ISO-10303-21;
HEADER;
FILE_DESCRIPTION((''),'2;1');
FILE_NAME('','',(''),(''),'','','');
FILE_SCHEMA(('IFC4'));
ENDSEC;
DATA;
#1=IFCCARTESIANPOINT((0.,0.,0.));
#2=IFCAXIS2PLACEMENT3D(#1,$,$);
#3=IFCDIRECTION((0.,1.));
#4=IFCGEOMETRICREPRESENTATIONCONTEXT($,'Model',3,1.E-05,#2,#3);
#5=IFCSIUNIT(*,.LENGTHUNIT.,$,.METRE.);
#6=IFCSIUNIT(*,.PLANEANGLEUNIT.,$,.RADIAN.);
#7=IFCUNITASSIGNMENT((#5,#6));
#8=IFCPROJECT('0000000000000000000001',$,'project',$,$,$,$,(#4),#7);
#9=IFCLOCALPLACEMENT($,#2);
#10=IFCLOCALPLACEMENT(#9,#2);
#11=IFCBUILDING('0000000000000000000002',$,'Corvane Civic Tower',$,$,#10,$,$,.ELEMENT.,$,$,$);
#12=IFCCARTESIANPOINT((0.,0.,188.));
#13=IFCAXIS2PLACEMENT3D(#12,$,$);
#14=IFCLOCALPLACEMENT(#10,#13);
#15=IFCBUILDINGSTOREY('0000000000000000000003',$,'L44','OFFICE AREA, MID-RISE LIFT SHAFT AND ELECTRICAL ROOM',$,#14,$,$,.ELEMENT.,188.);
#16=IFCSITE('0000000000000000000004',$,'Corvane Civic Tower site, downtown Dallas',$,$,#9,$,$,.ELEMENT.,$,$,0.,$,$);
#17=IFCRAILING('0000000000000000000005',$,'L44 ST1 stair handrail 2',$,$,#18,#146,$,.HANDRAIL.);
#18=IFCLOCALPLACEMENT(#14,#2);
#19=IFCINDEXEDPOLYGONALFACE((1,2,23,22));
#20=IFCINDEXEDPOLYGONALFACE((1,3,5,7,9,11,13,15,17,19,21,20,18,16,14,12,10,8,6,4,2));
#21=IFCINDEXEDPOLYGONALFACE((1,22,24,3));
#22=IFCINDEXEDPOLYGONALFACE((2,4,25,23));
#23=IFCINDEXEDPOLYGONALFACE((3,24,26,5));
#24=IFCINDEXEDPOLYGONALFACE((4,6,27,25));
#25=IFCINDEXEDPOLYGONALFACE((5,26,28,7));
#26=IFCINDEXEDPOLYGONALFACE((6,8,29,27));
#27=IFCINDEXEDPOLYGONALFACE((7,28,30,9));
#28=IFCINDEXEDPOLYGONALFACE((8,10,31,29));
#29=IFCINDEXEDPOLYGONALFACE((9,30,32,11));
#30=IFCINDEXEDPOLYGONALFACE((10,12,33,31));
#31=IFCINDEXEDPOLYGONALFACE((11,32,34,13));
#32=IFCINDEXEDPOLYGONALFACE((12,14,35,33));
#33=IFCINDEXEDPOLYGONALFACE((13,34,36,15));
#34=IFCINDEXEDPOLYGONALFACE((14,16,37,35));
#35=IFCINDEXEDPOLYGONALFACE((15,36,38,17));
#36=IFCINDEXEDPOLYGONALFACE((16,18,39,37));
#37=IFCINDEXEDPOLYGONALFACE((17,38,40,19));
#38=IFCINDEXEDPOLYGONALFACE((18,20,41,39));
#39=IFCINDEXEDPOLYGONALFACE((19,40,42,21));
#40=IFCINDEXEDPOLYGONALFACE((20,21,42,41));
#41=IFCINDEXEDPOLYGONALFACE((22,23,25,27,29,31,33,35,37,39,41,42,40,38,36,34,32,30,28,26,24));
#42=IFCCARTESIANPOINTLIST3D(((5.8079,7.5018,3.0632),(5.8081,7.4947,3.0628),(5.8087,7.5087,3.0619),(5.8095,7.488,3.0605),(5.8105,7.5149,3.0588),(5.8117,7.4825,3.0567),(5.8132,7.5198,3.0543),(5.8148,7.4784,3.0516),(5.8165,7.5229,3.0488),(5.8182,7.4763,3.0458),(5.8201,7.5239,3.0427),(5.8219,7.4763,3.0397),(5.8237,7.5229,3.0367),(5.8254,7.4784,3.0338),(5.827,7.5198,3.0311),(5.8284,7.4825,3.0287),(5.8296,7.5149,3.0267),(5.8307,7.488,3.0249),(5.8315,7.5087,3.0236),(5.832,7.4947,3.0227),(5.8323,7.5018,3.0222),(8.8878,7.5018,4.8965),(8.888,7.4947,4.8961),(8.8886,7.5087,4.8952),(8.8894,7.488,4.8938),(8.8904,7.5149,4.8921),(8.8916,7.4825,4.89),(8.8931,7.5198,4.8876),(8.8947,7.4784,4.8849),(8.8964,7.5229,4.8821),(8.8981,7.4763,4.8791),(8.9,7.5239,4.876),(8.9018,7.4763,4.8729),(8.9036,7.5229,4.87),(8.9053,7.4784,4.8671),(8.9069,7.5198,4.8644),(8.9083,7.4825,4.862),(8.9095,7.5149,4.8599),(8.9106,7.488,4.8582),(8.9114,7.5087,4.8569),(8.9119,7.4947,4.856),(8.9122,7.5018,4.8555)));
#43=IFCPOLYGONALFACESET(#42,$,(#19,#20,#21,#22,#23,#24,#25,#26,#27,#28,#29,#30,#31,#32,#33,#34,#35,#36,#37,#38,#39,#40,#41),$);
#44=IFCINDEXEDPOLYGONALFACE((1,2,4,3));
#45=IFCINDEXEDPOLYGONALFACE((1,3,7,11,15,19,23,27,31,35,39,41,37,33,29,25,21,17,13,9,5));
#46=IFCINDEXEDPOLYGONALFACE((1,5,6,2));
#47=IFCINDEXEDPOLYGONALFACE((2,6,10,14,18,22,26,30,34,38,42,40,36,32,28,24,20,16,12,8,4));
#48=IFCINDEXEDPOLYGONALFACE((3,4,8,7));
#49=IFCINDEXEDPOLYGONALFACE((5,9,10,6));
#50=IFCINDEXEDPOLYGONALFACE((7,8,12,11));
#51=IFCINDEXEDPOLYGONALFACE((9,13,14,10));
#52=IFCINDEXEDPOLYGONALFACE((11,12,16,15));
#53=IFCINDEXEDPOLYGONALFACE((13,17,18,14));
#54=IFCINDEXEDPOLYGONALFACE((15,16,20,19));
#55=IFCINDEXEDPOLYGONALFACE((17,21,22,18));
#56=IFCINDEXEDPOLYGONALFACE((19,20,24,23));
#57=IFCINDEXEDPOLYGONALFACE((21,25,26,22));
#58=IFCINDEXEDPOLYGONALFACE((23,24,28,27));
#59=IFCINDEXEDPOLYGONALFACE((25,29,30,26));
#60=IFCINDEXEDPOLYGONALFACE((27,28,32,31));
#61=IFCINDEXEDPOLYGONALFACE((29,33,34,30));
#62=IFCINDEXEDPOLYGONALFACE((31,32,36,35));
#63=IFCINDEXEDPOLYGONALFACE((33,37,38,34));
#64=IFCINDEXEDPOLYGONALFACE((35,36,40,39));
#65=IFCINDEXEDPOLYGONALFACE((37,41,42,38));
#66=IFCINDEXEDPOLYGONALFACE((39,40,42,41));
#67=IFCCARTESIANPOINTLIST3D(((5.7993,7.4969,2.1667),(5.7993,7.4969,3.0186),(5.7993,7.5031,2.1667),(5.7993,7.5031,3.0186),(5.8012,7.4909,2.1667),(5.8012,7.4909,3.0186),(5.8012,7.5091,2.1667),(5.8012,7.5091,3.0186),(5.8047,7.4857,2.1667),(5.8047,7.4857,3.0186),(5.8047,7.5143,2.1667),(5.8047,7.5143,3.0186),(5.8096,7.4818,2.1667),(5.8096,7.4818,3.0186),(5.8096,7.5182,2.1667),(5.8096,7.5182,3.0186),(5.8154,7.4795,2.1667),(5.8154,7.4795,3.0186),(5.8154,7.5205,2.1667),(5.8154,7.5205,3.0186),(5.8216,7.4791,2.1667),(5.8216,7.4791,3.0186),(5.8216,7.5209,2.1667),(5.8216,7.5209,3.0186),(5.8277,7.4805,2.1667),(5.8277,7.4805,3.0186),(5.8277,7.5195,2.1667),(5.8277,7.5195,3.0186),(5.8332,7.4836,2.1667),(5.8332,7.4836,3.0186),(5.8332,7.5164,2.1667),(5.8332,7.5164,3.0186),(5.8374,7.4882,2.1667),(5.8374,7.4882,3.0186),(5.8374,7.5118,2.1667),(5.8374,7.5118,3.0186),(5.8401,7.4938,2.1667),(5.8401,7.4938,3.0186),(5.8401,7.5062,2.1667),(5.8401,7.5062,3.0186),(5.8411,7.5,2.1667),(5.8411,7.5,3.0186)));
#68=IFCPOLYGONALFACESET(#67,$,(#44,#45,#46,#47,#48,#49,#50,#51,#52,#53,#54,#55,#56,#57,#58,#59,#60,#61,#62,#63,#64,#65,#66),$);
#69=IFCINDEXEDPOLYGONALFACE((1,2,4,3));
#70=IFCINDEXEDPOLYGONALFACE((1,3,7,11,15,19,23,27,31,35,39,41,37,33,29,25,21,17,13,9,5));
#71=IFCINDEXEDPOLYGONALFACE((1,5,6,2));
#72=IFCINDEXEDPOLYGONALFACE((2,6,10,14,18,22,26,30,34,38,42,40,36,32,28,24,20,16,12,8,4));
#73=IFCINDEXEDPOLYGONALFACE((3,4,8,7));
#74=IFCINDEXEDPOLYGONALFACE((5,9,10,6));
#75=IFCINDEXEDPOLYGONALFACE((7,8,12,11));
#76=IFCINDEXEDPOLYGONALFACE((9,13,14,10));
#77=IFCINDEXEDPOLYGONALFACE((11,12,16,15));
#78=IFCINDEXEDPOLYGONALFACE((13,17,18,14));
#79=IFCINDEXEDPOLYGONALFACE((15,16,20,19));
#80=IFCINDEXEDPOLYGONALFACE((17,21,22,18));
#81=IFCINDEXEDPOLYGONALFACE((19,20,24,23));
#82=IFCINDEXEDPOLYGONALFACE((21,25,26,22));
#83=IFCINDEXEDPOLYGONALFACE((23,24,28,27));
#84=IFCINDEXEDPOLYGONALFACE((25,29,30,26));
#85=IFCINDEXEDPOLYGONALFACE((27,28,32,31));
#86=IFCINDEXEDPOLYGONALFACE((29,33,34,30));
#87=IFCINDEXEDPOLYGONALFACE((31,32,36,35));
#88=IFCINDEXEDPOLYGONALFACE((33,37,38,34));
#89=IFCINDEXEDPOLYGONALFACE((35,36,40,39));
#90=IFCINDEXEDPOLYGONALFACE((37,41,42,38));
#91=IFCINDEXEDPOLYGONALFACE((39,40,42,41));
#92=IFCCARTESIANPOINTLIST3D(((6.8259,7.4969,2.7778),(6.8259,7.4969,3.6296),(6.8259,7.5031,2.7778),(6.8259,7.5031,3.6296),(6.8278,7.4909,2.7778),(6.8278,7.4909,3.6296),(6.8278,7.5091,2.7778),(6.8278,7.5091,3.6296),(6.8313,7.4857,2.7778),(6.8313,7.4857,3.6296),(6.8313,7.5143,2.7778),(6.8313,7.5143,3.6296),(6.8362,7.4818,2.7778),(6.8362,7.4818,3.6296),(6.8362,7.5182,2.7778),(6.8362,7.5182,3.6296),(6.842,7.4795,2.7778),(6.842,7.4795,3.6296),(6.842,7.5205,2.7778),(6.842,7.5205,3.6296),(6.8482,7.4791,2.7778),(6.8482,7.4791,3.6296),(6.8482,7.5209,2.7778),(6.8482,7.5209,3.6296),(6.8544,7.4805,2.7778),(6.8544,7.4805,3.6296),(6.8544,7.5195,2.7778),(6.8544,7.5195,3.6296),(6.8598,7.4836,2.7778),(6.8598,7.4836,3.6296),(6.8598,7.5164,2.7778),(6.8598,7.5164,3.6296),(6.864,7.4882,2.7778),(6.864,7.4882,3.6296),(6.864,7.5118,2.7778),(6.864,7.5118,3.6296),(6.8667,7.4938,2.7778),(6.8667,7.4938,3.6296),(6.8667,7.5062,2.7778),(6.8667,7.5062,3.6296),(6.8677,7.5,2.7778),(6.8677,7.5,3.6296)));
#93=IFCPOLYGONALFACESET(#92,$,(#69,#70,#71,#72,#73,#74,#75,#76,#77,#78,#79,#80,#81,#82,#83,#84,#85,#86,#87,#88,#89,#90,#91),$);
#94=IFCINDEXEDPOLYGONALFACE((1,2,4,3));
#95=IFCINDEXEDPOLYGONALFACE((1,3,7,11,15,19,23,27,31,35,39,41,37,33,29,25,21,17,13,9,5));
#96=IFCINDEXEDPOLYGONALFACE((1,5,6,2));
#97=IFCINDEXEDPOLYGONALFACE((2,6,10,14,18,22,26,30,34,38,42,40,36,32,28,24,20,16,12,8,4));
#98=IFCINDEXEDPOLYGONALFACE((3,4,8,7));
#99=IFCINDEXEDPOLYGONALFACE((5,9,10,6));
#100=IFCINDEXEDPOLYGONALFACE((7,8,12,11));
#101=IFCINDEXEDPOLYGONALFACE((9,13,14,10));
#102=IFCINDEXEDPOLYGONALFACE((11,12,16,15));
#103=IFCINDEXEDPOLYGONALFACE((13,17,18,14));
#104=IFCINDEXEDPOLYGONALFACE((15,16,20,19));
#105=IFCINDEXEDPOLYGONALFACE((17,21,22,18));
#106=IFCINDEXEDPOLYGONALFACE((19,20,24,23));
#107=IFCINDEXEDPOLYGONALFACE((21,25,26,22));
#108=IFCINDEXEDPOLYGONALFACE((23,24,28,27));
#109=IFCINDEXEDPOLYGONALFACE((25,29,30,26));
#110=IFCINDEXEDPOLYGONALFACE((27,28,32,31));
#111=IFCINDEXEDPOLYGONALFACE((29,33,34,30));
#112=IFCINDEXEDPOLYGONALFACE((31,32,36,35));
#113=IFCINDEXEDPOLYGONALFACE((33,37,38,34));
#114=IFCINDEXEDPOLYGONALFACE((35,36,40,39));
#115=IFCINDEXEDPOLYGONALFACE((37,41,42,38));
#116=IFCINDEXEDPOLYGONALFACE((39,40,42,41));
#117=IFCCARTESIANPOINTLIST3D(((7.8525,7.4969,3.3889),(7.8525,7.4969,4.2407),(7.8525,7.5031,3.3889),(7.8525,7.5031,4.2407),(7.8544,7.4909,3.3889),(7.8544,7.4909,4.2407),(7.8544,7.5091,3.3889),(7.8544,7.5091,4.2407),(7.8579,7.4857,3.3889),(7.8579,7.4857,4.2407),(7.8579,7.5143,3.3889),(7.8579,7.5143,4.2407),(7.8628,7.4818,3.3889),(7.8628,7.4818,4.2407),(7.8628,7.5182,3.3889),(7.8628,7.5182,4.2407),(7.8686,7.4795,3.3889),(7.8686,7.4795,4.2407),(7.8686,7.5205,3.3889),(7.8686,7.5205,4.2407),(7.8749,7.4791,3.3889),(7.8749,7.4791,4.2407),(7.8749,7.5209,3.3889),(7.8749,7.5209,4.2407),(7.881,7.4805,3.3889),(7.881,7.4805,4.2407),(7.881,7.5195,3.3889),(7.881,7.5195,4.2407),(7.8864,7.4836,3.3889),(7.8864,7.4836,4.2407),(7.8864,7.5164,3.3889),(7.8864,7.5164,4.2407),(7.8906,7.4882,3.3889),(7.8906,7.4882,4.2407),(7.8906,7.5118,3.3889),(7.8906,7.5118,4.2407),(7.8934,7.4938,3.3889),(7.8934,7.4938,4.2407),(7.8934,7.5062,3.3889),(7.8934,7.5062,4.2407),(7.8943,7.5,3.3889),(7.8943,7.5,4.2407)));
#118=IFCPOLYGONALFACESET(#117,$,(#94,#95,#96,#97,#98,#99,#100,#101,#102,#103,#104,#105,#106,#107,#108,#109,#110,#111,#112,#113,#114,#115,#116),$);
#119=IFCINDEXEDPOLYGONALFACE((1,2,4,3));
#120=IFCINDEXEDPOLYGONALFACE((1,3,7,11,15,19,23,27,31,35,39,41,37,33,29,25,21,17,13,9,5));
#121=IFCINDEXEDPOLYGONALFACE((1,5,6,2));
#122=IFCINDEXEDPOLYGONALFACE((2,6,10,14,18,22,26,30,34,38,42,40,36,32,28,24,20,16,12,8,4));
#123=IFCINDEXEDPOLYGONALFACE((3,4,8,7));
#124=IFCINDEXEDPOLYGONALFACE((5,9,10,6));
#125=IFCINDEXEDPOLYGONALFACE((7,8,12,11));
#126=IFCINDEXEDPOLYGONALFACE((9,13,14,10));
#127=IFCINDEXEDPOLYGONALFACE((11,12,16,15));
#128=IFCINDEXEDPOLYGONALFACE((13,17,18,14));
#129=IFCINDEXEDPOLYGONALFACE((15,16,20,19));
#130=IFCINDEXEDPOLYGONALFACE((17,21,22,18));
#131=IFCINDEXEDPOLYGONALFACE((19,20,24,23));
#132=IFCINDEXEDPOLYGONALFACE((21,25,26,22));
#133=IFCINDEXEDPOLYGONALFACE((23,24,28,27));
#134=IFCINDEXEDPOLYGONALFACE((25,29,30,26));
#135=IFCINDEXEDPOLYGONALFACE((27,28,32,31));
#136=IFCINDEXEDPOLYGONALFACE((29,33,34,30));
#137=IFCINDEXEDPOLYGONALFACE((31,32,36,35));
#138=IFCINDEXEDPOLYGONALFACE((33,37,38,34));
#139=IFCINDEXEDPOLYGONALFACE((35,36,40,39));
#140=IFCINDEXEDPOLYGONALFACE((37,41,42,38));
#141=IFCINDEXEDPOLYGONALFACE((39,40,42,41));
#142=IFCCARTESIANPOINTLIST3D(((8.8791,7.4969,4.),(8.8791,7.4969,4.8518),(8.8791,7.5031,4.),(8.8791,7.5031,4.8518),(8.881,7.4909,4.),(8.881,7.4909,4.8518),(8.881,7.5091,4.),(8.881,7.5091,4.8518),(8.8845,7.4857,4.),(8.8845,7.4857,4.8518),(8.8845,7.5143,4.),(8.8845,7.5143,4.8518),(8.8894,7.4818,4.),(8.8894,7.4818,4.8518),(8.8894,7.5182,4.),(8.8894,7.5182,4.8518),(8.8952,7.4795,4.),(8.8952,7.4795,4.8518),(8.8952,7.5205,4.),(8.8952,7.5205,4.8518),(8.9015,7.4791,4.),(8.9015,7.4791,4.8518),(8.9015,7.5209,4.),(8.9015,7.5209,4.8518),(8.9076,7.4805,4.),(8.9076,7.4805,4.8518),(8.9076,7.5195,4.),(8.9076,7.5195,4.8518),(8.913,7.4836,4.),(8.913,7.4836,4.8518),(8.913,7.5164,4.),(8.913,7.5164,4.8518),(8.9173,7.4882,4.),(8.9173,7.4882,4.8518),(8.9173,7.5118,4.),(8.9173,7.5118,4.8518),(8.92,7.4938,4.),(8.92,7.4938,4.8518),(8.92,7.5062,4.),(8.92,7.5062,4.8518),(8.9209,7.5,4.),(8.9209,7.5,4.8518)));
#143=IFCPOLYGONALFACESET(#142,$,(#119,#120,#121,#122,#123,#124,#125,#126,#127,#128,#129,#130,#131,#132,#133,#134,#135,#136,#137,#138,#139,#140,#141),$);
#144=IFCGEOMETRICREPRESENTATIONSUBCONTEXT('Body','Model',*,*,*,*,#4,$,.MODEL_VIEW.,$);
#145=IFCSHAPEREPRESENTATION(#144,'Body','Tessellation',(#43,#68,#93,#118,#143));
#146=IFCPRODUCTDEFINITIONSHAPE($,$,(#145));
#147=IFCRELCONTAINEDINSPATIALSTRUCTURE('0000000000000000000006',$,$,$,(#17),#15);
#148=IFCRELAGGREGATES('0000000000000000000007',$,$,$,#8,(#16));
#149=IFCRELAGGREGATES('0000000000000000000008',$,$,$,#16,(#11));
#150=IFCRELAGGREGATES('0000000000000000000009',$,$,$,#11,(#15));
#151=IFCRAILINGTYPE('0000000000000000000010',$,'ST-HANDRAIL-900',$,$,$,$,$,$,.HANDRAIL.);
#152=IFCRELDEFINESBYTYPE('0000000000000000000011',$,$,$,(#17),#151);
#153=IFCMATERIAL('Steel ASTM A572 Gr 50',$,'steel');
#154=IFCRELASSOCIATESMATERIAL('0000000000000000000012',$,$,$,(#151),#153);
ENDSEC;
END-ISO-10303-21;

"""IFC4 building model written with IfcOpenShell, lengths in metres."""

from ifc_helpers import new_model, si_unit, direction, frame, origin, origin_2d, place, context, subcontext, project, spatial, circle, extrude, material, type_object, element, save


model = new_model("IFC4")

# Units and contexts
model_context = context("Model", 3, precision=1e-05, world=origin(), true_north=direction((0.0, 1.0)))
body_context = subcontext(model_context, "Body", "Model", "MODEL_VIEW")
ifc_project = project(units=[si_unit("LENGTHUNIT", "METRE"), si_unit("PLANEANGLEUNIT", "RADIAN")], contexts=[model_context])

# Site, building, storey
site_placement = place(None, origin())
site = spatial("IfcSite", under=ifc_project, at=site_placement, Name="Corvane Civic Tower site, downtown Dallas", CompositionType="ELEMENT", RefElevation=0.0)
building_placement = place(site_placement, origin())
building = spatial("IfcBuilding", under=site, at=building_placement, Name="Corvane Civic Tower", CompositionType="ELEMENT")
storey_placement = place(building_placement, frame((0.0, 0.0, 188.0)))
storey = spatial("IfcBuildingStorey", under=building, at=storey_placement, Name="L44", Description="OFFICE AREA, MID-RISE LIFT SHAFT AND ELECTRICAL ROOM", CompositionType="ELEMENT", Elevation=188.0)

# Railing
ifc_material_1 = material(Name="Steel ASTM A572 Gr 50", Category="steel")
railing_type = type_object("IfcRailingType", Name="ST-HANDRAIL-900", PredefinedType="HANDRAIL", material=ifc_material_1)
railing_placement = place(storey_placement, frame((5.8201, 7.5, 2.1667)))
element("IfcRailing", 1, at=railing_placement, inside=storey, type_object=railing_type, Name="L44 ST1 stair handrail 2", PredefinedType="HANDRAIL", context=body_context, shape_type="SweptSolid", body=[
    extrude(circle(Radius=0.0239, at=origin_2d()), frame((0.0, 0.0, 0.876), z_axis=(0.859291, 0.0, 0.511487), x_axis=(0.0, 1.0, 0.0)), (0.0, 0.0, 1.0), 3.5842),
    extrude(circle(Radius=0.021, at=origin_2d()), origin(), (0.0, 0.0, 1.0), 0.8518),
    extrude(circle(Radius=0.021, at=origin_2d()), frame((1.0266, 0.0, 0.6111)), (0.0, 0.0, 1.0), 0.8518),
    extrude(circle(Radius=0.021, at=origin_2d()), frame((2.0532, 0.0, 1.2222)), (0.0, 0.0, 1.0), 0.8518),
    extrude(circle(Radius=0.021, at=origin_2d()), frame((3.0798, 0.0, 1.8333)), (0.0, 0.0, 1.0), 0.8518),
])

save(model, "model.ifc")
